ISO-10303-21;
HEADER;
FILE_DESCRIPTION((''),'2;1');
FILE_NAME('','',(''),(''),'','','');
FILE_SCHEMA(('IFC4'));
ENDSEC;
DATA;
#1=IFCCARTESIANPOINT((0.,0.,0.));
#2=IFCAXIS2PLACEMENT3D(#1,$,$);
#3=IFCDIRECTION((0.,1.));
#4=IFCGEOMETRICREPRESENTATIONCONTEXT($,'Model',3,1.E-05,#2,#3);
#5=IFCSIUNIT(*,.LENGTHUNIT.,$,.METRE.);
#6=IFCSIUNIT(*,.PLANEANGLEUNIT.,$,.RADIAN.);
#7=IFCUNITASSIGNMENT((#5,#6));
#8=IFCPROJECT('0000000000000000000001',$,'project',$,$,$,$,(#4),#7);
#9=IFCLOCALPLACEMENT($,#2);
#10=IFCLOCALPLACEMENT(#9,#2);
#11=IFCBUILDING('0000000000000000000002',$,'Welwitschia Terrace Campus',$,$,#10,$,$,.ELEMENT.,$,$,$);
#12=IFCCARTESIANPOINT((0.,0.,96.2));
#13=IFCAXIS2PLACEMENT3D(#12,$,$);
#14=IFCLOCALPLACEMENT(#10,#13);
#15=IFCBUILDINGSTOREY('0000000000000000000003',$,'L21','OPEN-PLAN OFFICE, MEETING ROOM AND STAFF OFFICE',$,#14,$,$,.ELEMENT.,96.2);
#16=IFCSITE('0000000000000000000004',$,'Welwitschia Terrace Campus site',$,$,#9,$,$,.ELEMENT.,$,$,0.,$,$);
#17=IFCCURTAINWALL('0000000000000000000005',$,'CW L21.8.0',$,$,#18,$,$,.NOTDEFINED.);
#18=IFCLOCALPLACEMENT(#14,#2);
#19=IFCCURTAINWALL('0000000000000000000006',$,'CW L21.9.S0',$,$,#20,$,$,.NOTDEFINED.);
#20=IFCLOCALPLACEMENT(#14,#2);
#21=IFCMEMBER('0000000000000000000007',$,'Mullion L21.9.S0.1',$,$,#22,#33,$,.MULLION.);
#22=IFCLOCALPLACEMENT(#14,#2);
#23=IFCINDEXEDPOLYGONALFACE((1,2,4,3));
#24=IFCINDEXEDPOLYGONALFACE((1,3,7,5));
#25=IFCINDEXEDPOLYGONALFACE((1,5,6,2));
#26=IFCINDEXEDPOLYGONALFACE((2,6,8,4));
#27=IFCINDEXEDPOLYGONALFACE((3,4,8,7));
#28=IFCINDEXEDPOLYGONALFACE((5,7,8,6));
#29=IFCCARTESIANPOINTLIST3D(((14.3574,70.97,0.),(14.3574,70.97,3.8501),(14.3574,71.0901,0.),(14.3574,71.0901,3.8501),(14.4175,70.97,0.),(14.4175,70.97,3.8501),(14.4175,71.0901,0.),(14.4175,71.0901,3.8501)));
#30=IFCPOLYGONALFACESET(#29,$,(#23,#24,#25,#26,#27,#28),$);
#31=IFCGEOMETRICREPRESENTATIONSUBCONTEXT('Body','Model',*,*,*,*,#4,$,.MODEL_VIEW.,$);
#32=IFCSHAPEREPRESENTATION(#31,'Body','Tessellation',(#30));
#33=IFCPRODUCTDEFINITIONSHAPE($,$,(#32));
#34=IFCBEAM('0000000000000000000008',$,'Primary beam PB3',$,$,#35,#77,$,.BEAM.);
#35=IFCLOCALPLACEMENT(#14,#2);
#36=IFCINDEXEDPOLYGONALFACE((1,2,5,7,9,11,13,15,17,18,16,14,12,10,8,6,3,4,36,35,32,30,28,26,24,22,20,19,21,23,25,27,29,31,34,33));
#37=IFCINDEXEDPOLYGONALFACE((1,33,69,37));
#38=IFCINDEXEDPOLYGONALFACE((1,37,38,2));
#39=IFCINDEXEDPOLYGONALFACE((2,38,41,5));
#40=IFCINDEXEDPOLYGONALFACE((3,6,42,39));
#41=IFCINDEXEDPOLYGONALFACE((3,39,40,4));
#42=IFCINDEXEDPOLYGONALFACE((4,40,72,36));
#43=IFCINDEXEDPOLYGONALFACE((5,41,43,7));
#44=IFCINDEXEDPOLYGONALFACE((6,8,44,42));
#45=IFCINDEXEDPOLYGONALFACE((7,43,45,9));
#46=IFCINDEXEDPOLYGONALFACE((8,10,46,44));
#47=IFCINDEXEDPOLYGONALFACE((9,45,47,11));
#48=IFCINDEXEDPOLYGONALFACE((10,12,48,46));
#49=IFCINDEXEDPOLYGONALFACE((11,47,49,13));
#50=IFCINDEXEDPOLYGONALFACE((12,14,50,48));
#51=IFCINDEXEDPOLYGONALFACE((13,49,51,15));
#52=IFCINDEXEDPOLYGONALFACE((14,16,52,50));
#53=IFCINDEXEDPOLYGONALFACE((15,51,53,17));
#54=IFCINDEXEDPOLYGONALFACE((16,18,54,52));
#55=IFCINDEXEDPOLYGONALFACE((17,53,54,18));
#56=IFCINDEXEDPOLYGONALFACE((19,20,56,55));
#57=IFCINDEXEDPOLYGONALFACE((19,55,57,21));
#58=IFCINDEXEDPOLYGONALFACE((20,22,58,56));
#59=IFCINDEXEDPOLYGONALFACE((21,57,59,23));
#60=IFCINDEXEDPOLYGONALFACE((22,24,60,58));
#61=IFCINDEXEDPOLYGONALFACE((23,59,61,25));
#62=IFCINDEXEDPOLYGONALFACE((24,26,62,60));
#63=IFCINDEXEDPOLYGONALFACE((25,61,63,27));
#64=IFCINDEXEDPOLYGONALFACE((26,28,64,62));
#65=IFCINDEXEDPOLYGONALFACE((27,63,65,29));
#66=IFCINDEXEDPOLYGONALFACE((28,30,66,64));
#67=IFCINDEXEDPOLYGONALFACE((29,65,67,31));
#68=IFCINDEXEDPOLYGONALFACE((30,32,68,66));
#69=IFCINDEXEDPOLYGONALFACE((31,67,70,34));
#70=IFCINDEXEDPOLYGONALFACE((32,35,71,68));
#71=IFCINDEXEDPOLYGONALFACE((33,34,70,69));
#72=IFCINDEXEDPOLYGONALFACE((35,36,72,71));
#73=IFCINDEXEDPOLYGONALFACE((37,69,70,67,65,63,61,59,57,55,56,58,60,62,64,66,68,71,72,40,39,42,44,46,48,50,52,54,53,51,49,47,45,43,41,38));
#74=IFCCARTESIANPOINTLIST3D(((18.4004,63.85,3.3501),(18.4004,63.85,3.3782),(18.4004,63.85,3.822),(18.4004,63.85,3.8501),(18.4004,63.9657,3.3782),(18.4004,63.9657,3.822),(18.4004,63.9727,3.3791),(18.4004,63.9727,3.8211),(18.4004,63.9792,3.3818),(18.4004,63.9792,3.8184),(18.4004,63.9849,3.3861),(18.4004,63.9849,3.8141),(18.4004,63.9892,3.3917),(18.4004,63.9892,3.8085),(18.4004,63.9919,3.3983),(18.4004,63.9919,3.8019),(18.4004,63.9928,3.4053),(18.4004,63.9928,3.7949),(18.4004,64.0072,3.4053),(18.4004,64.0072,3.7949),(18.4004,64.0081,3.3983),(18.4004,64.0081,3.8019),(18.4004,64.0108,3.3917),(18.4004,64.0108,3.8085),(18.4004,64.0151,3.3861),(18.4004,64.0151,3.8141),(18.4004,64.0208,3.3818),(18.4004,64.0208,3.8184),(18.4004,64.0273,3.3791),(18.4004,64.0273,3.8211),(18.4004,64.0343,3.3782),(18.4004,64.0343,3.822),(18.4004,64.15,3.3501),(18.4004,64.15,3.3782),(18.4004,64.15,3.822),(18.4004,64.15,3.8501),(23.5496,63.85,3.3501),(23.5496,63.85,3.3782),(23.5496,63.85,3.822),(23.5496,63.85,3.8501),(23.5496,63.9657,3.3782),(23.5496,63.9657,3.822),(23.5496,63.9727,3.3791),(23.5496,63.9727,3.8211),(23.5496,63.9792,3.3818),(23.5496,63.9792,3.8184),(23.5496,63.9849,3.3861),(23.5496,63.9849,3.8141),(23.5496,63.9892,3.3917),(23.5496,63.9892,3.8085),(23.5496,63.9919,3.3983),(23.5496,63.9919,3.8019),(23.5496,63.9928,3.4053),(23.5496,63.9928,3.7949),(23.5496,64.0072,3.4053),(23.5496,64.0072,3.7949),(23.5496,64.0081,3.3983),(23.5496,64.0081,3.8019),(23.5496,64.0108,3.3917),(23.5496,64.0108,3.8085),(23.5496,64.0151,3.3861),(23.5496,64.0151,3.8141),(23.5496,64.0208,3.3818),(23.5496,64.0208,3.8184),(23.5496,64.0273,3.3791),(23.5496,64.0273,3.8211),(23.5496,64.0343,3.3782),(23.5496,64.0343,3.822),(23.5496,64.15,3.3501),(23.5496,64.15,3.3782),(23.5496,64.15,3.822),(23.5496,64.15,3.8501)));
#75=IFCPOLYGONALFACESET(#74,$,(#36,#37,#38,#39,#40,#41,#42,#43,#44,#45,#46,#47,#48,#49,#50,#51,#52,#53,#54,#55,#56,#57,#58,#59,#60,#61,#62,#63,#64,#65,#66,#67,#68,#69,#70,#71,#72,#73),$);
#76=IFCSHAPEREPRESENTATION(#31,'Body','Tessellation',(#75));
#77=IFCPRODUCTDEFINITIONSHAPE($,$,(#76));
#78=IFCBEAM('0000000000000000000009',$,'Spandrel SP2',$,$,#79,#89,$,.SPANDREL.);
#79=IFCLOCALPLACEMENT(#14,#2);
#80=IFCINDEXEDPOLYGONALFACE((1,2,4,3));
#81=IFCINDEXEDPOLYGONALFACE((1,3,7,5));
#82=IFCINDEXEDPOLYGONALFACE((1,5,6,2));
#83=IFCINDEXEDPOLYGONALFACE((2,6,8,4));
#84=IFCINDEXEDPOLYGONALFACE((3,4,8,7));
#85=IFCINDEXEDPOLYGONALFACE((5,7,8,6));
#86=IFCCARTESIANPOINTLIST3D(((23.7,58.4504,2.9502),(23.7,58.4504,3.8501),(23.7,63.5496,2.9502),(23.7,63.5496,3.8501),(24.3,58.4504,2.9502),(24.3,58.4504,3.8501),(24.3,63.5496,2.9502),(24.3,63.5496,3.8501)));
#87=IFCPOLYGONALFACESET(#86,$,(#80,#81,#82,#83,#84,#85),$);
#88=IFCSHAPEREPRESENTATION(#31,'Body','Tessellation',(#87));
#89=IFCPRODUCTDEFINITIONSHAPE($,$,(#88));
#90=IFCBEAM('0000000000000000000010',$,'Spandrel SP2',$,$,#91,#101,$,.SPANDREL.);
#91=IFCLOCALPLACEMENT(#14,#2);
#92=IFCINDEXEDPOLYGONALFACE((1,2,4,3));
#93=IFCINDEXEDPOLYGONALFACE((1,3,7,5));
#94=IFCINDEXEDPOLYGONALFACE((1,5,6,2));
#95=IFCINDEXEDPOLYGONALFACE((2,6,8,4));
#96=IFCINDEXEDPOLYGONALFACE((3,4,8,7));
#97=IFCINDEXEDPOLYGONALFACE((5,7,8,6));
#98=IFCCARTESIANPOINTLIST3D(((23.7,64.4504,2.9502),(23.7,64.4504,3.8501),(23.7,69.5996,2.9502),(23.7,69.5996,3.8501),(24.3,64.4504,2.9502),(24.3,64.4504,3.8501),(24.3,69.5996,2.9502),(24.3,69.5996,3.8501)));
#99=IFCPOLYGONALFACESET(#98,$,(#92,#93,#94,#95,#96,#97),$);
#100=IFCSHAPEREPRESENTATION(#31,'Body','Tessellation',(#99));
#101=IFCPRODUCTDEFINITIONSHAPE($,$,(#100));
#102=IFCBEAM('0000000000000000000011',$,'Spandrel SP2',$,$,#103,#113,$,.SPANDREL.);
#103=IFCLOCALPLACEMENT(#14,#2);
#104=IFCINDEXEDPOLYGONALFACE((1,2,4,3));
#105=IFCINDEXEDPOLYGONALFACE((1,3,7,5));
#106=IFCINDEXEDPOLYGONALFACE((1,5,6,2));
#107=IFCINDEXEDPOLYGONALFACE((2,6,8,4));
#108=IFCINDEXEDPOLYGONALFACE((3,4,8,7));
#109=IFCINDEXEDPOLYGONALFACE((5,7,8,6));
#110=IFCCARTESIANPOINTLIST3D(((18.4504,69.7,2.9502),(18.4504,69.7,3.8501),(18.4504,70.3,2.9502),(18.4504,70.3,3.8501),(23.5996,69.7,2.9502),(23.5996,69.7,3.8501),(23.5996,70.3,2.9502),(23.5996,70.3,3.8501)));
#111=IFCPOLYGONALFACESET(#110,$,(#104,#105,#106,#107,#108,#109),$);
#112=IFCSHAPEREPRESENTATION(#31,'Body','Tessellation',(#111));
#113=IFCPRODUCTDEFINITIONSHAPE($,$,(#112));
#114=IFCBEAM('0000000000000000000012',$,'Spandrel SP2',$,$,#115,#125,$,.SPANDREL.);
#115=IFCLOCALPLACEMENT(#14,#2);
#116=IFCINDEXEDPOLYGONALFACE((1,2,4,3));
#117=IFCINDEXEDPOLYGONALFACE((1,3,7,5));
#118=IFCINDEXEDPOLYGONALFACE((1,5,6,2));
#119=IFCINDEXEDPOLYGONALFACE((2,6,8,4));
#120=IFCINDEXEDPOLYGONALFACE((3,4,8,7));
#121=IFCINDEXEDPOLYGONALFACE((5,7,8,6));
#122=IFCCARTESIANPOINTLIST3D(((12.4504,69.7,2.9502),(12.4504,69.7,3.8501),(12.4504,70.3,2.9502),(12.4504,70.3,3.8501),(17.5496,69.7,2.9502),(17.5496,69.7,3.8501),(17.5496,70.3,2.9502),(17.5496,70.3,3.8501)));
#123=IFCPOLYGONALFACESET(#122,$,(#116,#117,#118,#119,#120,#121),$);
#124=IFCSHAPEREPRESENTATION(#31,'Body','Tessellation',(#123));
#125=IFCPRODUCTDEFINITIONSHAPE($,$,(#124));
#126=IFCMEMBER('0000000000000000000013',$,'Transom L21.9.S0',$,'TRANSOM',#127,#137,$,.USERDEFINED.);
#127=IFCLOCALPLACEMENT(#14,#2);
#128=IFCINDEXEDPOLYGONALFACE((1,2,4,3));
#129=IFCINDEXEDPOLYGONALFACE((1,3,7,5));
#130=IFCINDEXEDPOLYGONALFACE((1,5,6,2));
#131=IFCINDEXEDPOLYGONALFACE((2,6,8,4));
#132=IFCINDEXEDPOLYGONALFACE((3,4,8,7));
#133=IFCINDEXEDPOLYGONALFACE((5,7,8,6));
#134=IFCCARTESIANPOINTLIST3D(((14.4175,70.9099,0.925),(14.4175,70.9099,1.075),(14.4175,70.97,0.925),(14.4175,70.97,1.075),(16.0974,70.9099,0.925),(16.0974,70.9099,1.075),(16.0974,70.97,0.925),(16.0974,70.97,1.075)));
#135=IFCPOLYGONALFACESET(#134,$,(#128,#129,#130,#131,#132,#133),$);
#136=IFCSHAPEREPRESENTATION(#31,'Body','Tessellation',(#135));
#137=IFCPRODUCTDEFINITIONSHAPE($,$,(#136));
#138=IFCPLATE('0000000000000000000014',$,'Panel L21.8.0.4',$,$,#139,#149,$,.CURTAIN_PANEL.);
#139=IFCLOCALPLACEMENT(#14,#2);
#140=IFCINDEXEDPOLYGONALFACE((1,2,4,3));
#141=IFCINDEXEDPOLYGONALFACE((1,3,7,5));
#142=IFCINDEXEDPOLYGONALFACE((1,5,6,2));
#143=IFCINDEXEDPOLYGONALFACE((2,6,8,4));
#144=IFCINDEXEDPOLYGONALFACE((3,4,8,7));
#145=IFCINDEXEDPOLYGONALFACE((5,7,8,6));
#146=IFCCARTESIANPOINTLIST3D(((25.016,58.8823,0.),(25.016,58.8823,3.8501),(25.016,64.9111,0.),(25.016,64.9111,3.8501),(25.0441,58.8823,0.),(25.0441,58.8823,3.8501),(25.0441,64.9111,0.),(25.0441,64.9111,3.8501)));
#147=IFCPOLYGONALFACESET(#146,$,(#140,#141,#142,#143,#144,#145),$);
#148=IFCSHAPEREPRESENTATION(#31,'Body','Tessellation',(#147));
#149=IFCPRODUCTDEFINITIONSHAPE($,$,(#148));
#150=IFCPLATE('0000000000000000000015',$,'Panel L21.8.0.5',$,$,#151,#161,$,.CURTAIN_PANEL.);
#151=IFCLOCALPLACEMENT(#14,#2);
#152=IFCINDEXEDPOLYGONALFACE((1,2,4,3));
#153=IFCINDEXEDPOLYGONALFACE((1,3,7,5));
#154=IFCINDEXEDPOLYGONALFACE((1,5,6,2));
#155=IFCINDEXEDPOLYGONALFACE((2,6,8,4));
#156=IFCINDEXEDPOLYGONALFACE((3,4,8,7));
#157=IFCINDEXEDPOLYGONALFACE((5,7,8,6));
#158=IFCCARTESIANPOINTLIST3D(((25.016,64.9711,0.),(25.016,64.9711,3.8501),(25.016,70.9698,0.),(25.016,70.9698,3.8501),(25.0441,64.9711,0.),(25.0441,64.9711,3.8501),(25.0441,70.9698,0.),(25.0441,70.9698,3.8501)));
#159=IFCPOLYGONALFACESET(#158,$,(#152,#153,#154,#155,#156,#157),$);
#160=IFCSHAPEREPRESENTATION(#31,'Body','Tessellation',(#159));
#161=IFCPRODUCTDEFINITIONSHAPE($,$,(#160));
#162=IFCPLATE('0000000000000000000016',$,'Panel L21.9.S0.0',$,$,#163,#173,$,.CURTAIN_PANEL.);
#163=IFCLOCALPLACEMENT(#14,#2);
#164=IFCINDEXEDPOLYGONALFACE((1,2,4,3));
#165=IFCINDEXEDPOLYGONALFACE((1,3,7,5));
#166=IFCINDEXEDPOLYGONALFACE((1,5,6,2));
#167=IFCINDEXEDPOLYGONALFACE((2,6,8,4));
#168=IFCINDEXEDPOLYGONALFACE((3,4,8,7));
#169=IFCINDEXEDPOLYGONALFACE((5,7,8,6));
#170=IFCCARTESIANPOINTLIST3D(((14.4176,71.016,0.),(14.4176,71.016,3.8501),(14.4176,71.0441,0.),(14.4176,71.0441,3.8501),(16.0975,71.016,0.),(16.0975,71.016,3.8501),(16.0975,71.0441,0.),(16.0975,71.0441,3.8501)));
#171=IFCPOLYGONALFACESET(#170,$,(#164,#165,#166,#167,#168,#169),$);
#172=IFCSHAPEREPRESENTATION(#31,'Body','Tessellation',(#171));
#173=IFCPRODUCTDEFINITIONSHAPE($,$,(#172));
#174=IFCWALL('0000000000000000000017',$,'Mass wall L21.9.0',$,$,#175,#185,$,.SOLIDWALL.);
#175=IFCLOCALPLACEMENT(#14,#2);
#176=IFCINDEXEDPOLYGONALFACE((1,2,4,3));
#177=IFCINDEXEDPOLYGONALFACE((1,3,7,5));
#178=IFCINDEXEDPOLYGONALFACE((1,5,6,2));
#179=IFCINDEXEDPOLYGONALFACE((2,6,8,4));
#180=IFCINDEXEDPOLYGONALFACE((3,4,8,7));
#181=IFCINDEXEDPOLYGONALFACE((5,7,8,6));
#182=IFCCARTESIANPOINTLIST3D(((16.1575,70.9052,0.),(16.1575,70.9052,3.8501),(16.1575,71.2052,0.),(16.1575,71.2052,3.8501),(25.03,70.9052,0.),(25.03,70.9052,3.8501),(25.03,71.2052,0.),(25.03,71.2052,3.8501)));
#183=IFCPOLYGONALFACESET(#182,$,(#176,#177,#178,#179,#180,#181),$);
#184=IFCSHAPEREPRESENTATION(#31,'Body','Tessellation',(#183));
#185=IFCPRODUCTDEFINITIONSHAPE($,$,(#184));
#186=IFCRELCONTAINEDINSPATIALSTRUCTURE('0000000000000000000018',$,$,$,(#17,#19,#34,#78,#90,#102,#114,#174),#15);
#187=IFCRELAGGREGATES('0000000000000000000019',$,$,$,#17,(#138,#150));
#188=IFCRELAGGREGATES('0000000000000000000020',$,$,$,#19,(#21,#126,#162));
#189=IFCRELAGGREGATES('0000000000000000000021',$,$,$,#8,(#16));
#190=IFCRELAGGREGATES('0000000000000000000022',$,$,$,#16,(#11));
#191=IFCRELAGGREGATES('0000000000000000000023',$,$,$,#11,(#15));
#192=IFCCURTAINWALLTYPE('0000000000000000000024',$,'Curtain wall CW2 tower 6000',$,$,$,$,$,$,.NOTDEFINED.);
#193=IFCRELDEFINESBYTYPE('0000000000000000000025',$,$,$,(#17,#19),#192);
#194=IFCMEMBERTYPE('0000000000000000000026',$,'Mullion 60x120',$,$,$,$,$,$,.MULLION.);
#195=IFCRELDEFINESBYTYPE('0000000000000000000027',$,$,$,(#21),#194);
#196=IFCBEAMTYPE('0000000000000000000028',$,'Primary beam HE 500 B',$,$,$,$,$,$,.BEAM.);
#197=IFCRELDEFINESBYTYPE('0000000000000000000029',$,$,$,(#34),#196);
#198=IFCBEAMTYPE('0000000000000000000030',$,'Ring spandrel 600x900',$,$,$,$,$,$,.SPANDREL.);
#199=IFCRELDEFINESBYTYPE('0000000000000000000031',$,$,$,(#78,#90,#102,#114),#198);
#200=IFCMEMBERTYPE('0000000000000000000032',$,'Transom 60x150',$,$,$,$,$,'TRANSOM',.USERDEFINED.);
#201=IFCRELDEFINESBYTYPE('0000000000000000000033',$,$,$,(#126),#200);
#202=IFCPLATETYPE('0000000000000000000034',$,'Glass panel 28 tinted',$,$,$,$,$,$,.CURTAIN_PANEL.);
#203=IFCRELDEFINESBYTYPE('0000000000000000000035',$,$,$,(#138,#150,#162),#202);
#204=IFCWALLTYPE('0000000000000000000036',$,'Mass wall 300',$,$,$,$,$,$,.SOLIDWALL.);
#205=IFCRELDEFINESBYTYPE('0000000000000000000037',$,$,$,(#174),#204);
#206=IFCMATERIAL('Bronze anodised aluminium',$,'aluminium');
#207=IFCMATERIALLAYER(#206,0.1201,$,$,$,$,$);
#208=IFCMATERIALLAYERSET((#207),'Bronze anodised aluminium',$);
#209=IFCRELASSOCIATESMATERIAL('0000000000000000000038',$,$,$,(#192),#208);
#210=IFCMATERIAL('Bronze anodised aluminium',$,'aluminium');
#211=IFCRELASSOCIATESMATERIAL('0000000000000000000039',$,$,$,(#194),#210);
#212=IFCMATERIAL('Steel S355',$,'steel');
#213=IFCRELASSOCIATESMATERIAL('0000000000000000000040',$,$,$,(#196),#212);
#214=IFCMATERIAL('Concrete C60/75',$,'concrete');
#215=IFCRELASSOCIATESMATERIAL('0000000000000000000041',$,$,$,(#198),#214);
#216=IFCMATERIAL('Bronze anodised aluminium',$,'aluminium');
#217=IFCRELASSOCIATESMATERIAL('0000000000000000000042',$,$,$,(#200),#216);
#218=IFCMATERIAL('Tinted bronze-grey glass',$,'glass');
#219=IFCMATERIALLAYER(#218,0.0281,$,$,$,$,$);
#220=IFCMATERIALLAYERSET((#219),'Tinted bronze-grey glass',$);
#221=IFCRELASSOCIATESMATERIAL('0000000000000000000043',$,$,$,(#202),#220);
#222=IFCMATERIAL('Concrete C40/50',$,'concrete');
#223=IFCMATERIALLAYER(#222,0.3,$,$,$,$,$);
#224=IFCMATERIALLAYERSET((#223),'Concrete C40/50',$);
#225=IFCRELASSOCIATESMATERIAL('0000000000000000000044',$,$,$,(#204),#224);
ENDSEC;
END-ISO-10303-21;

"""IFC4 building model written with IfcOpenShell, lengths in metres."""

from ifc_helpers import new_model, si_unit, direction, frame, frame_2d, origin, origin_2d, place, context, subcontext, project, spatial, rectangle, i_section, extrude, material, layer, layer_set, material_profile, profile_set, type_object, element, aggregate, save


model = new_model("IFC4")

# Units and contexts
model_context = context("Model", 3, precision=1e-05, world=origin(), true_north=direction((0.0, 1.0)))
body_context = subcontext(model_context, "Body", "Model", "MODEL_VIEW")
ifc_project = project(units=[si_unit("LENGTHUNIT", "METRE"), si_unit("PLANEANGLEUNIT", "RADIAN")], contexts=[model_context])

# Site, building, storey
site_placement = place(None, origin())
site = spatial("IfcSite", under=ifc_project, at=site_placement, Name="Welwitschia Terrace Campus site", CompositionType="ELEMENT", RefElevation=0.0)
building_placement = place(site_placement, origin())
building = spatial("IfcBuilding", under=site, at=building_placement, Name="Welwitschia Terrace Campus", CompositionType="ELEMENT")
storey_placement = place(building_placement, frame((0.0, 0.0, 96.2)))
storey = spatial("IfcBuildingStorey", under=building, at=storey_placement, Name="L21", Description="OPEN-PLAN OFFICE, MEETING ROOM AND STAFF OFFICE", CompositionType="ELEMENT", Elevation=96.2)

# Curtain walls, member
ifc_material_1 = material(Name="Bronze anodised aluminium", Category="aluminium")
ifc_layer_1 = layer(ifc_material_1, 0.1201)
ifc_layer_set_1 = layer_set([ifc_layer_1], Name="Bronze anodised aluminium")
curtain_wall_type = type_object("IfcCurtainWallType", Name="Curtain wall CW2 tower 6000", PredefinedType="NOTDEFINED", material=ifc_layer_set_1)
curtain_wall_1_placement = place(storey_placement, origin())
curtain_wall_1 = element("IfcCurtainWall", 1, at=curtain_wall_1_placement, inside=storey, type_object=curtain_wall_type, Name="CW L21.8.0", PredefinedType="NOTDEFINED")
ifc_material_2 = material(Name="Bronze anodised aluminium", Category="aluminium")
ifc_material_profile_1 = material_profile(ifc_material_2, rectangle(XDim=0.1201, YDim=0.0601, at=origin_2d()))
ifc_profile_set_1 = profile_set([ifc_material_profile_1], Name="Bronze anodised aluminium")
member_type_1 = type_object("IfcMemberType", Name="Mullion 60x120", PredefinedType="MULLION", material=ifc_profile_set_1)
curtain_wall_2_placement = place(storey_placement, origin())
curtain_wall_2 = element("IfcCurtainWall", 2, at=curtain_wall_2_placement, inside=storey, type_object=curtain_wall_type, Name="CW L21.9.S0", PredefinedType="NOTDEFINED")
member_1_placement = place(storey_placement, frame((14.3875, 71.03, 0.0), z_axis=(0.0, 0.0, 1.0), x_axis=(0.0, -1.0, 0.0)))
member_1 = element("IfcMember", 3, at=member_1_placement, type_object=member_type_1, Name="Mullion L21.9.S0.1", PredefinedType="MULLION", context=body_context, shape_type="SweptSolid", body=[
    extrude(rectangle(XDim=0.1201, YDim=0.0601, at=origin_2d()), origin(), (0.0, 0.0, 1.0), 3.8501),
])

# Beams
ifc_material_3 = material(Name="Steel S355", Category="steel")
ifc_material_profile_2 = material_profile(ifc_material_3, i_section(OverallWidth=0.3, OverallDepth=0.5, WebThickness=0.0144, FlangeThickness=0.0281, FilletRadius=0.0271, at=origin_2d()))
ifc_profile_set_2 = profile_set([ifc_material_profile_2], Name="Steel S355")
beam_type_1 = type_object("IfcBeamType", Name="Primary beam HE 500 B", PredefinedType="BEAM", material=ifc_profile_set_2)
beam_1_placement = place(storey_placement, frame((23.5496, 64.0, 3.6001), z_axis=(-1.0, 0.0, 0.0), x_axis=(0.0, -1.0, 0.0)))
element("IfcBeam", 4, at=beam_1_placement, inside=storey, type_object=beam_type_1, Name="Primary beam PB3", PredefinedType="BEAM", context=body_context, shape_type="SweptSolid", body=[
    extrude(i_section(OverallWidth=0.3, OverallDepth=0.5, WebThickness=0.0144, FlangeThickness=0.0281, FilletRadius=0.0271, at=origin_2d()), origin(), (0.0, 0.0, 1.0), 5.1492),
])
ifc_material_4 = material(Name="Concrete C60/75", Category="concrete")
ifc_material_profile_3 = material_profile(ifc_material_4, rectangle(XDim=0.6001, YDim=0.8999, at=origin_2d()))
ifc_profile_set_3 = profile_set([ifc_material_profile_3], Name="Concrete C60/75")
beam_type_2 = type_object("IfcBeamType", Name="Ring spandrel 600x900", PredefinedType="SPANDREL", material=ifc_profile_set_3)
beam_2_placement = place(storey_placement, frame((24.0, 58.4504, 3.4001), z_axis=(0.0, 1.0, 0.0), x_axis=(-1.0, 0.0, 0.0)))
element("IfcBeam", 5, at=beam_2_placement, inside=storey, type_object=beam_type_2, Name="Spandrel SP2", PredefinedType="SPANDREL", context=body_context, shape_type="SweptSolid", body=[
    extrude(rectangle(XDim=0.6001, YDim=0.8999, at=origin_2d()), origin(), (0.0, 0.0, 1.0), 5.0991),
])
for number, where, z_axis, x_axis, name in (
    (6, (24.0, 64.4504, 3.4001), (0.0, 1.0, 0.0), (-1.0, 0.0, 0.0), "Spandrel SP2"),
    (7, (23.5996, 70.0, 3.4001), (-1.0, 0.0, 0.0), (0.0, -1.0, 0.0), "Spandrel SP2"),
):
    element("IfcBeam", number, at=place(storey_placement, frame(where, z_axis=z_axis, x_axis=x_axis)), inside=storey, type_object=beam_type_2, Name=name, PredefinedType="SPANDREL", context=body_context, shape_type="SweptSolid", body=[
        extrude(rectangle(XDim=0.6001, YDim=0.8999, at=origin_2d()), origin(), (0.0, 0.0, 1.0), 5.1492),
    ])
beam_3_placement = place(storey_placement, frame((17.5496, 70.0, 3.4001), z_axis=(-1.0, 0.0, 0.0), x_axis=(0.0, -1.0, 0.0)))
element("IfcBeam", 8, at=beam_3_placement, inside=storey, type_object=beam_type_2, Name="Spandrel SP2", PredefinedType="SPANDREL", context=body_context, shape_type="SweptSolid", body=[
    extrude(rectangle(XDim=0.6001, YDim=0.8999, at=origin_2d()), origin(), (0.0, 0.0, 1.0), 5.0991),
])

# Member
ifc_material_5 = material(Name="Bronze anodised aluminium", Category="aluminium")
ifc_material_profile_4 = material_profile(ifc_material_5, rectangle(XDim=0.0601, YDim=0.1499, at=origin_2d()))
ifc_profile_set_4 = profile_set([ifc_material_profile_4], Name="Bronze anodised aluminium")
member_type_2 = type_object("IfcMemberType", Name="Transom 60x150", ElementType="TRANSOM", PredefinedType="USERDEFINED", material=ifc_profile_set_4)
member_2_placement = place(storey_placement, frame((16.0974, 70.9399, 1.0), z_axis=(-1.0, 0.0, 0.0), x_axis=(0.0, -1.0, 0.0)))
member_2 = element("IfcMember", 9, at=member_2_placement, type_object=member_type_2, Name="Transom L21.9.S0", ObjectType="TRANSOM", PredefinedType="USERDEFINED", context=body_context, shape_type="SweptSolid", body=[
    extrude(rectangle(XDim=0.0601, YDim=0.1499, at=origin_2d()), origin(), (0.0, 0.0, 1.0), 1.6799),
])

# Plates
ifc_material_6 = material(Name="Tinted bronze-grey glass", Category="glass")
ifc_layer_2 = layer(ifc_material_6, 0.0281)
ifc_layer_set_2 = layer_set([ifc_layer_2], Name="Tinted bronze-grey glass")
plate_type = type_object("IfcPlateType", Name="Glass panel 28 tinted", PredefinedType="CURTAIN_PANEL", material=ifc_layer_set_2)
plate_1_placement = place(storey_placement, frame((25.03, 61.8967, 0.0), z_axis=(0.0, 0.0, 1.0), x_axis=(0.0, 1.0, 0.0)))
plate_1 = element("IfcPlate", 10, at=plate_1_placement, type_object=plate_type, Name="Panel L21.8.0.4", PredefinedType="CURTAIN_PANEL", context=body_context, shape_type="SweptSolid", body=[
    extrude(rectangle(XDim=6.0288, YDim=0.0281, at=origin_2d()), origin(), (0.0, 0.0, 1.0), 3.8501),
])
plate_2_placement = place(storey_placement, frame((25.03, 67.9705, 0.0), z_axis=(0.0, 0.0, 1.0), x_axis=(0.0, 1.0, 0.0)))
plate_2 = element("IfcPlate", 11, at=plate_2_placement, type_object=plate_type, Name="Panel L21.8.0.5", PredefinedType="CURTAIN_PANEL", context=body_context, shape_type="SweptSolid", body=[
    extrude(rectangle(XDim=5.9988, YDim=0.0281, at=origin_2d()), origin(), (0.0, 0.0, 1.0), 3.8501),
])
aggregate(curtain_wall_1, [plate_1, plate_2])
plate_3_placement = place(storey_placement, frame((15.2576, 71.03, 0.0), z_axis=(0.0, 0.0, 1.0), x_axis=(-1.0, 0.0, 0.0)))
plate_3 = element("IfcPlate", 12, at=plate_3_placement, type_object=plate_type, Name="Panel L21.9.S0.0", PredefinedType="CURTAIN_PANEL", context=body_context, shape_type="SweptSolid", body=[
    extrude(rectangle(XDim=1.6799, YDim=0.0281, at=origin_2d()), origin(), (0.0, 0.0, 1.0), 3.8501),
])
aggregate(curtain_wall_2, [member_1, member_2, plate_3])

# Wall
ifc_material_7 = material(Name="Concrete C40/50", Category="concrete")
ifc_layer_3 = layer(ifc_material_7, 0.3)
ifc_layer_set_3 = layer_set([ifc_layer_3], Name="Concrete C40/50")
wall_type = type_object("IfcWallType", Name="Mass wall 300", PredefinedType="SOLIDWALL", material=ifc_layer_set_3)
wall_1_placement = place(storey_placement, frame((25.03, 71.0552, 0.0), z_axis=(0.0, 0.0, 1.0), x_axis=(-1.0, 0.0, 0.0)))
element("IfcWall", 13, at=wall_1_placement, inside=storey, type_object=wall_type, Name="Mass wall L21.9.0", PredefinedType="SOLIDWALL", context=body_context, shape_type="SweptSolid", body=[
    extrude(rectangle(XDim=8.8726, YDim=0.3, at=frame_2d((4.4363, 0.0))), origin(), (0.0, 0.0, 1.0), 3.8501),
])

save(model, "model.ifc")
